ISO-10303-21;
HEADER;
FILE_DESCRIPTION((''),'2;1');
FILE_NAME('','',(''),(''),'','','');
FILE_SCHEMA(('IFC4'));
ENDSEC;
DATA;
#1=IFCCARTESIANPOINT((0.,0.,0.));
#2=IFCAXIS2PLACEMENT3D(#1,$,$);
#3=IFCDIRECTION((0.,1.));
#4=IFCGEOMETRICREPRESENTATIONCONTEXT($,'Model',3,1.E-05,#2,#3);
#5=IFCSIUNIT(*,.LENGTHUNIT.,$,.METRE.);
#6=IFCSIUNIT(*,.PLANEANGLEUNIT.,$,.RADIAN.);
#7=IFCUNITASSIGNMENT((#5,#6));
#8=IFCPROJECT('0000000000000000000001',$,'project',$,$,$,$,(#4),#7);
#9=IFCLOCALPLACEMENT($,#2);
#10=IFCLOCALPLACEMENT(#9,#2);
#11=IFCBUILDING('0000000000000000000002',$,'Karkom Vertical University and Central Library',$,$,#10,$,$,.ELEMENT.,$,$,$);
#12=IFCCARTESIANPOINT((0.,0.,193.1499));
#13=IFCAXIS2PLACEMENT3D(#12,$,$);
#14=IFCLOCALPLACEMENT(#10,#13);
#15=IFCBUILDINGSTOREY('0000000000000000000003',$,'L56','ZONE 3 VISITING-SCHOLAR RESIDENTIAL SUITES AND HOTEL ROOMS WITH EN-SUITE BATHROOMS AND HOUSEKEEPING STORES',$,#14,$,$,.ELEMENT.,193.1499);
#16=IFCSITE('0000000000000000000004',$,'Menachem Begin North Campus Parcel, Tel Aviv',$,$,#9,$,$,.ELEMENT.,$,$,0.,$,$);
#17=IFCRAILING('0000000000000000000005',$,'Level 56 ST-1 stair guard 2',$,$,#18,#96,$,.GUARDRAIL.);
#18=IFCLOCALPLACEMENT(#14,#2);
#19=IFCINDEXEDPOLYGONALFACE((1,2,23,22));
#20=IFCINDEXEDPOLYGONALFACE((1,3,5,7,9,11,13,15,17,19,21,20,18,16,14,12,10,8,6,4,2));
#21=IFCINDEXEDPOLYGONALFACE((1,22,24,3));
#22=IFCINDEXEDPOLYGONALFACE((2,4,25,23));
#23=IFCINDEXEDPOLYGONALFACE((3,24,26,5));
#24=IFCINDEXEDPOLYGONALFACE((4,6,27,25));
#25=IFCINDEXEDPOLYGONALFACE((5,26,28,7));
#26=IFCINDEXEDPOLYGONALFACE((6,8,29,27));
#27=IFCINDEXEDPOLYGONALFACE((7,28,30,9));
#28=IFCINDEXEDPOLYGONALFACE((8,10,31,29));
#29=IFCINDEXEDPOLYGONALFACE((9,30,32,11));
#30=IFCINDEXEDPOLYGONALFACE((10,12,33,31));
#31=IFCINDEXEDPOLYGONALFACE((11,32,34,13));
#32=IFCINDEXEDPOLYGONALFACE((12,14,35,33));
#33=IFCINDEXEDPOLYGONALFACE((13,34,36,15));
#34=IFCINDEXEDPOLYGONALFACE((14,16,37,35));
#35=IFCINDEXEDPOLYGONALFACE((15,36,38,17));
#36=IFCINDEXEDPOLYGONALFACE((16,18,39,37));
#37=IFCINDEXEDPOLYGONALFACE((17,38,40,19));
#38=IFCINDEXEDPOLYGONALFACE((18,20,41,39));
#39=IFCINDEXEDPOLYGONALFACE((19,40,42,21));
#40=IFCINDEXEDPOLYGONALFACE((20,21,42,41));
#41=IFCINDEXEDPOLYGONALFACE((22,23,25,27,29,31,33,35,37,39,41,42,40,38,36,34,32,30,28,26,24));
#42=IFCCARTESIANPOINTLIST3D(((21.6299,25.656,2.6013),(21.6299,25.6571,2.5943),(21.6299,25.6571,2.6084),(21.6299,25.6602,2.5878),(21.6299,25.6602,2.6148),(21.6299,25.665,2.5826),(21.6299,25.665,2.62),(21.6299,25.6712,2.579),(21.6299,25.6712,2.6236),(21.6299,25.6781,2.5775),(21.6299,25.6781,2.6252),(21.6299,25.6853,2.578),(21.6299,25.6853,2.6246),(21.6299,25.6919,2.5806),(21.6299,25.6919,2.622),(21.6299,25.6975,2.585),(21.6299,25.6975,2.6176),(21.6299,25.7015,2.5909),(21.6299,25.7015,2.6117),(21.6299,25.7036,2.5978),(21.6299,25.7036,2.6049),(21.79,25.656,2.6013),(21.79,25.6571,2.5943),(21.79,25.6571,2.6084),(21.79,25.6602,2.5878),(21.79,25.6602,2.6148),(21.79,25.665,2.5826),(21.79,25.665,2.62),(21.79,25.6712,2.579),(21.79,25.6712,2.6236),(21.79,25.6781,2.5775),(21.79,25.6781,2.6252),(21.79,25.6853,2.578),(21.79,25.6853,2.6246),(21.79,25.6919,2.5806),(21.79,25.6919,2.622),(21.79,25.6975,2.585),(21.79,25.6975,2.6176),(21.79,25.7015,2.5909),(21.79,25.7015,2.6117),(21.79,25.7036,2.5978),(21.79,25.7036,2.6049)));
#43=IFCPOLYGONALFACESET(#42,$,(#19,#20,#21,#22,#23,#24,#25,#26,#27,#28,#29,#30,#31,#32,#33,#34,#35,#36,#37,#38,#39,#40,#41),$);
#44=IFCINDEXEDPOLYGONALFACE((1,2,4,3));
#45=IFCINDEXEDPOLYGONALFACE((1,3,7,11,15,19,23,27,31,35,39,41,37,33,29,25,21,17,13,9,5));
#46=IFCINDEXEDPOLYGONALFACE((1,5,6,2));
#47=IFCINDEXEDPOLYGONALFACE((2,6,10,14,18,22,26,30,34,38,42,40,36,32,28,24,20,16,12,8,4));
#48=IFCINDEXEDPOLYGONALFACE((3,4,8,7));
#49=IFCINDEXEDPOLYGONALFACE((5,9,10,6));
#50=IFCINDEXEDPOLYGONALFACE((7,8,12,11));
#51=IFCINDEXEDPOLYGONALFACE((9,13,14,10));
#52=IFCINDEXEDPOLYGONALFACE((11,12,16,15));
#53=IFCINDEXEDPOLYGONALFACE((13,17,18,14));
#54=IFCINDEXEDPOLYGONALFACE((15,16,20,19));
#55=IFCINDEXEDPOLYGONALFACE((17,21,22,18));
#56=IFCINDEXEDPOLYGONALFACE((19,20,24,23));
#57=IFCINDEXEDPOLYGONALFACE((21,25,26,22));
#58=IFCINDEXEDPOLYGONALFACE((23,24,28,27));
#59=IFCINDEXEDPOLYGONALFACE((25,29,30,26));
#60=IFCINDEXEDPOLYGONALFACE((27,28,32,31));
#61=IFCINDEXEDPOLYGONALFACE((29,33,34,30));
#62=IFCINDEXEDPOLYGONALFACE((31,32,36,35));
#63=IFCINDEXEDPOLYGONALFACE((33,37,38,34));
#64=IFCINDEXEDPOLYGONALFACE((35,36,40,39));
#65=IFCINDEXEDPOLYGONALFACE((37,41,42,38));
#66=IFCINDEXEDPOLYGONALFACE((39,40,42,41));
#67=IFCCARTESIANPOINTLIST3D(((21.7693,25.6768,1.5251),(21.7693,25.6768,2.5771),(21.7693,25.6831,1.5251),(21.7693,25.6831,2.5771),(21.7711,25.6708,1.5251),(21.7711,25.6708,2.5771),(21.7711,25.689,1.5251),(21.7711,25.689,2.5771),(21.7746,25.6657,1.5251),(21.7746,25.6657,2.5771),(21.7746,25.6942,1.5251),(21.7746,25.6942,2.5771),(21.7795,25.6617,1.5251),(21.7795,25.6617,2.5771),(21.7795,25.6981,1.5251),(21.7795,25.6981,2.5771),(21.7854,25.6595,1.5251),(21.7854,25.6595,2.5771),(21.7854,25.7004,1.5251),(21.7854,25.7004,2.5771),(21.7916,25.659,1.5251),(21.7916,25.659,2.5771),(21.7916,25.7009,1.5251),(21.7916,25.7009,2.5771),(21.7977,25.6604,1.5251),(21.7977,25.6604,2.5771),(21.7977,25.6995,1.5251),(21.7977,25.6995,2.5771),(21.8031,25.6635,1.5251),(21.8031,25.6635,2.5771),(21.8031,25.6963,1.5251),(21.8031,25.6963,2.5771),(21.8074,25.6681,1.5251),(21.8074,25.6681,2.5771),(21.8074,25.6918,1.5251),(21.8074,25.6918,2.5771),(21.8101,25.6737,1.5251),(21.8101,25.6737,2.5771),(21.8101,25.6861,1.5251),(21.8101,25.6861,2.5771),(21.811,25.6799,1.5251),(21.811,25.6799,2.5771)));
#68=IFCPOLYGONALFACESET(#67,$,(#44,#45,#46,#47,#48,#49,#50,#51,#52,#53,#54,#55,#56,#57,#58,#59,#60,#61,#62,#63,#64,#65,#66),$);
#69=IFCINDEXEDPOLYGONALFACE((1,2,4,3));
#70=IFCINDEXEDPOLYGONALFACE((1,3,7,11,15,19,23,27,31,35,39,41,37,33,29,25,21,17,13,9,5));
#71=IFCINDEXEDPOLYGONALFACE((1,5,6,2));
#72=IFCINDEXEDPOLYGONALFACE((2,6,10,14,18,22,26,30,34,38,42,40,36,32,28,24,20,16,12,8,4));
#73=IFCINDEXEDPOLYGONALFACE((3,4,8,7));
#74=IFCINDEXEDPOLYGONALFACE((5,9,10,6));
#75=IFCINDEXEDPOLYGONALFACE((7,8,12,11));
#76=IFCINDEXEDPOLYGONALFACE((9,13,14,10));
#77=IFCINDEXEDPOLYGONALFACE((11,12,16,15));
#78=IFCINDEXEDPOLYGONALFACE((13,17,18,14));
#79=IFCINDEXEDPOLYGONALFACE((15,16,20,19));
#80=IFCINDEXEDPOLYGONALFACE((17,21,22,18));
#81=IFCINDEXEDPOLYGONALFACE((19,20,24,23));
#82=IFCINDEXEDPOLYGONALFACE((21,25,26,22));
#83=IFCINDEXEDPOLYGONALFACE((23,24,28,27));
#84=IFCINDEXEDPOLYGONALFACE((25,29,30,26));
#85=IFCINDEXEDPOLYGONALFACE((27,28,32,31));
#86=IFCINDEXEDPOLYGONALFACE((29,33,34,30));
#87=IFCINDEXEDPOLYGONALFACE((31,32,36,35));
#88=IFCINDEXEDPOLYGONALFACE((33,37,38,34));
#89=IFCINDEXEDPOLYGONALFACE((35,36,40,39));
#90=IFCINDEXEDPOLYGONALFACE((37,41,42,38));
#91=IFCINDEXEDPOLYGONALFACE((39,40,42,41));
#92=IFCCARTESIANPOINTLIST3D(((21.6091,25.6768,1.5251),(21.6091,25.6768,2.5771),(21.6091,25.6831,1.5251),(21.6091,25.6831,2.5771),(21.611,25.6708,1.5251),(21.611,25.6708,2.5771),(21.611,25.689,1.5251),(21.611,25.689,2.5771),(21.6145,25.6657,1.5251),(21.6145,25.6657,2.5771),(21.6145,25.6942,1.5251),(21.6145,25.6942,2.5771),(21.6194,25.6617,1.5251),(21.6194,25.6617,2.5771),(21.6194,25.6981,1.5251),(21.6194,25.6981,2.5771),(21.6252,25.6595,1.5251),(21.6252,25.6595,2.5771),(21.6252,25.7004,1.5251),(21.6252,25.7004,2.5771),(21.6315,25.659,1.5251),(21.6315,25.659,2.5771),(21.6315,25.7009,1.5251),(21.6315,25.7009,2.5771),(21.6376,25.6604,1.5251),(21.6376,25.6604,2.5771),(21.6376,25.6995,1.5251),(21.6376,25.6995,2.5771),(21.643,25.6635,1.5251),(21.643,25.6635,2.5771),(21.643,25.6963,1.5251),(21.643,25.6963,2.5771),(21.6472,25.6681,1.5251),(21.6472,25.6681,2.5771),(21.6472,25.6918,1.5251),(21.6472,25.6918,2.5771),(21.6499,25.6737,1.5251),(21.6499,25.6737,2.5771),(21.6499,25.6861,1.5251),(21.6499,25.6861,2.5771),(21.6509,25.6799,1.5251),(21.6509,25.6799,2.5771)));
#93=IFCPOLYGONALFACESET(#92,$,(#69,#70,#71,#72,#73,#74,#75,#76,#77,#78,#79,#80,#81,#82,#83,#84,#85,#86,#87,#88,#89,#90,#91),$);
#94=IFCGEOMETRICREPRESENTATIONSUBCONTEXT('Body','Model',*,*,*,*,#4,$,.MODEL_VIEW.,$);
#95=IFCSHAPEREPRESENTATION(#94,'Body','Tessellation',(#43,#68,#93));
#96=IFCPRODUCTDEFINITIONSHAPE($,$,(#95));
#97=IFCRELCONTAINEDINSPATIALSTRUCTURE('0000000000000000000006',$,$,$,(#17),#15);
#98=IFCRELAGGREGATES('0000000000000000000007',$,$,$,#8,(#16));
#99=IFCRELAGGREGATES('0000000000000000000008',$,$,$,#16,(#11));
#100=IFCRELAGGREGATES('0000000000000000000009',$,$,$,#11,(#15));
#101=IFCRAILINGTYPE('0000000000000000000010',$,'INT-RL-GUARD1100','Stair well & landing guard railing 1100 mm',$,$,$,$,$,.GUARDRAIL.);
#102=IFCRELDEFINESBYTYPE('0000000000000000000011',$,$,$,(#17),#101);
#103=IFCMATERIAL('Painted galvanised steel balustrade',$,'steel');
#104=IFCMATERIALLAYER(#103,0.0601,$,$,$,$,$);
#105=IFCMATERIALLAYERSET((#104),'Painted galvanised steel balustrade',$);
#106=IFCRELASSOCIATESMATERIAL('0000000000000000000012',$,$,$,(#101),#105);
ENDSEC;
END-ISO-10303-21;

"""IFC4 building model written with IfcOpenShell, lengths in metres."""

from ifc_helpers import new_model, si_unit, direction, frame, origin, origin_2d, place, context, subcontext, project, spatial, circle, extrude, material, layer, layer_set, type_object, element, save


model = new_model("IFC4")

# Units and contexts
model_context = context("Model", 3, precision=1e-05, world=origin(), true_north=direction((0.0, 1.0)))
body_context = subcontext(model_context, "Body", "Model", "MODEL_VIEW")
ifc_project = project(units=[si_unit("LENGTHUNIT", "METRE"), si_unit("PLANEANGLEUNIT", "RADIAN")], contexts=[model_context])

# Site, building, storey
site_placement = place(None, origin())
site = spatial("IfcSite", under=ifc_project, at=site_placement, Name="Menachem Begin North Campus Parcel, Tel Aviv", CompositionType="ELEMENT", RefElevation=0.0)
building_placement = place(site_placement, origin())
building = spatial("IfcBuilding", under=site, at=building_placement, Name="Karkom Vertical University and Central Library", CompositionType="ELEMENT")
storey_placement = place(building_placement, frame((0.0, 0.0, 193.1499)))
storey = spatial("IfcBuildingStorey", under=building, at=storey_placement, Name="L56", Description="ZONE 3 VISITING-SCHOLAR RESIDENTIAL SUITES AND HOTEL ROOMS WITH EN-SUITE BATHROOMS AND HOUSEKEEPING STORES", CompositionType="ELEMENT", Elevation=193.1499)

# Railing
ifc_material_1 = material(Name="Painted galvanised steel balustrade", Category="steel")
ifc_layer_1 = layer(ifc_material_1, 0.0601)
ifc_layer_set_1 = layer_set([ifc_layer_1], Name="Painted galvanised steel balustrade")
railing_type_1 = type_object("IfcRailingType", Name="INT-RL-GUARD1100", Description="Stair well & landing guard railing 1100 mm", PredefinedType="GUARDRAIL", material=ifc_layer_set_1)
railing_1_placement = place(storey_placement, frame((21.79, 25.6799, 1.5251)))
element("IfcRailing", 1, at=railing_1_placement, inside=storey, type_object=railing_type_1, Name="Level 56 ST-1 stair guard 2", PredefinedType="GUARDRAIL", context=body_context, shape_type="SweptSolid", body=[
    extrude(circle(Radius=0.0239, at=origin_2d()), frame((0.0, 0.0, 1.0762), z_axis=(-1.0, 0.0, 0.0), x_axis=(0.0, -1.0, 0.0)), (0.0, 0.0, 1.0), 0.1602),
    extrude(circle(Radius=0.021, at=origin_2d()), origin(), (0.0, 0.0, 1.0), 1.052),
    extrude(circle(Radius=0.021, at=origin_2d()), frame((-0.1602, 0.0, 0.0)), (0.0, 0.0, 1.0), 1.052),
])

save(model, "model.ifc")
